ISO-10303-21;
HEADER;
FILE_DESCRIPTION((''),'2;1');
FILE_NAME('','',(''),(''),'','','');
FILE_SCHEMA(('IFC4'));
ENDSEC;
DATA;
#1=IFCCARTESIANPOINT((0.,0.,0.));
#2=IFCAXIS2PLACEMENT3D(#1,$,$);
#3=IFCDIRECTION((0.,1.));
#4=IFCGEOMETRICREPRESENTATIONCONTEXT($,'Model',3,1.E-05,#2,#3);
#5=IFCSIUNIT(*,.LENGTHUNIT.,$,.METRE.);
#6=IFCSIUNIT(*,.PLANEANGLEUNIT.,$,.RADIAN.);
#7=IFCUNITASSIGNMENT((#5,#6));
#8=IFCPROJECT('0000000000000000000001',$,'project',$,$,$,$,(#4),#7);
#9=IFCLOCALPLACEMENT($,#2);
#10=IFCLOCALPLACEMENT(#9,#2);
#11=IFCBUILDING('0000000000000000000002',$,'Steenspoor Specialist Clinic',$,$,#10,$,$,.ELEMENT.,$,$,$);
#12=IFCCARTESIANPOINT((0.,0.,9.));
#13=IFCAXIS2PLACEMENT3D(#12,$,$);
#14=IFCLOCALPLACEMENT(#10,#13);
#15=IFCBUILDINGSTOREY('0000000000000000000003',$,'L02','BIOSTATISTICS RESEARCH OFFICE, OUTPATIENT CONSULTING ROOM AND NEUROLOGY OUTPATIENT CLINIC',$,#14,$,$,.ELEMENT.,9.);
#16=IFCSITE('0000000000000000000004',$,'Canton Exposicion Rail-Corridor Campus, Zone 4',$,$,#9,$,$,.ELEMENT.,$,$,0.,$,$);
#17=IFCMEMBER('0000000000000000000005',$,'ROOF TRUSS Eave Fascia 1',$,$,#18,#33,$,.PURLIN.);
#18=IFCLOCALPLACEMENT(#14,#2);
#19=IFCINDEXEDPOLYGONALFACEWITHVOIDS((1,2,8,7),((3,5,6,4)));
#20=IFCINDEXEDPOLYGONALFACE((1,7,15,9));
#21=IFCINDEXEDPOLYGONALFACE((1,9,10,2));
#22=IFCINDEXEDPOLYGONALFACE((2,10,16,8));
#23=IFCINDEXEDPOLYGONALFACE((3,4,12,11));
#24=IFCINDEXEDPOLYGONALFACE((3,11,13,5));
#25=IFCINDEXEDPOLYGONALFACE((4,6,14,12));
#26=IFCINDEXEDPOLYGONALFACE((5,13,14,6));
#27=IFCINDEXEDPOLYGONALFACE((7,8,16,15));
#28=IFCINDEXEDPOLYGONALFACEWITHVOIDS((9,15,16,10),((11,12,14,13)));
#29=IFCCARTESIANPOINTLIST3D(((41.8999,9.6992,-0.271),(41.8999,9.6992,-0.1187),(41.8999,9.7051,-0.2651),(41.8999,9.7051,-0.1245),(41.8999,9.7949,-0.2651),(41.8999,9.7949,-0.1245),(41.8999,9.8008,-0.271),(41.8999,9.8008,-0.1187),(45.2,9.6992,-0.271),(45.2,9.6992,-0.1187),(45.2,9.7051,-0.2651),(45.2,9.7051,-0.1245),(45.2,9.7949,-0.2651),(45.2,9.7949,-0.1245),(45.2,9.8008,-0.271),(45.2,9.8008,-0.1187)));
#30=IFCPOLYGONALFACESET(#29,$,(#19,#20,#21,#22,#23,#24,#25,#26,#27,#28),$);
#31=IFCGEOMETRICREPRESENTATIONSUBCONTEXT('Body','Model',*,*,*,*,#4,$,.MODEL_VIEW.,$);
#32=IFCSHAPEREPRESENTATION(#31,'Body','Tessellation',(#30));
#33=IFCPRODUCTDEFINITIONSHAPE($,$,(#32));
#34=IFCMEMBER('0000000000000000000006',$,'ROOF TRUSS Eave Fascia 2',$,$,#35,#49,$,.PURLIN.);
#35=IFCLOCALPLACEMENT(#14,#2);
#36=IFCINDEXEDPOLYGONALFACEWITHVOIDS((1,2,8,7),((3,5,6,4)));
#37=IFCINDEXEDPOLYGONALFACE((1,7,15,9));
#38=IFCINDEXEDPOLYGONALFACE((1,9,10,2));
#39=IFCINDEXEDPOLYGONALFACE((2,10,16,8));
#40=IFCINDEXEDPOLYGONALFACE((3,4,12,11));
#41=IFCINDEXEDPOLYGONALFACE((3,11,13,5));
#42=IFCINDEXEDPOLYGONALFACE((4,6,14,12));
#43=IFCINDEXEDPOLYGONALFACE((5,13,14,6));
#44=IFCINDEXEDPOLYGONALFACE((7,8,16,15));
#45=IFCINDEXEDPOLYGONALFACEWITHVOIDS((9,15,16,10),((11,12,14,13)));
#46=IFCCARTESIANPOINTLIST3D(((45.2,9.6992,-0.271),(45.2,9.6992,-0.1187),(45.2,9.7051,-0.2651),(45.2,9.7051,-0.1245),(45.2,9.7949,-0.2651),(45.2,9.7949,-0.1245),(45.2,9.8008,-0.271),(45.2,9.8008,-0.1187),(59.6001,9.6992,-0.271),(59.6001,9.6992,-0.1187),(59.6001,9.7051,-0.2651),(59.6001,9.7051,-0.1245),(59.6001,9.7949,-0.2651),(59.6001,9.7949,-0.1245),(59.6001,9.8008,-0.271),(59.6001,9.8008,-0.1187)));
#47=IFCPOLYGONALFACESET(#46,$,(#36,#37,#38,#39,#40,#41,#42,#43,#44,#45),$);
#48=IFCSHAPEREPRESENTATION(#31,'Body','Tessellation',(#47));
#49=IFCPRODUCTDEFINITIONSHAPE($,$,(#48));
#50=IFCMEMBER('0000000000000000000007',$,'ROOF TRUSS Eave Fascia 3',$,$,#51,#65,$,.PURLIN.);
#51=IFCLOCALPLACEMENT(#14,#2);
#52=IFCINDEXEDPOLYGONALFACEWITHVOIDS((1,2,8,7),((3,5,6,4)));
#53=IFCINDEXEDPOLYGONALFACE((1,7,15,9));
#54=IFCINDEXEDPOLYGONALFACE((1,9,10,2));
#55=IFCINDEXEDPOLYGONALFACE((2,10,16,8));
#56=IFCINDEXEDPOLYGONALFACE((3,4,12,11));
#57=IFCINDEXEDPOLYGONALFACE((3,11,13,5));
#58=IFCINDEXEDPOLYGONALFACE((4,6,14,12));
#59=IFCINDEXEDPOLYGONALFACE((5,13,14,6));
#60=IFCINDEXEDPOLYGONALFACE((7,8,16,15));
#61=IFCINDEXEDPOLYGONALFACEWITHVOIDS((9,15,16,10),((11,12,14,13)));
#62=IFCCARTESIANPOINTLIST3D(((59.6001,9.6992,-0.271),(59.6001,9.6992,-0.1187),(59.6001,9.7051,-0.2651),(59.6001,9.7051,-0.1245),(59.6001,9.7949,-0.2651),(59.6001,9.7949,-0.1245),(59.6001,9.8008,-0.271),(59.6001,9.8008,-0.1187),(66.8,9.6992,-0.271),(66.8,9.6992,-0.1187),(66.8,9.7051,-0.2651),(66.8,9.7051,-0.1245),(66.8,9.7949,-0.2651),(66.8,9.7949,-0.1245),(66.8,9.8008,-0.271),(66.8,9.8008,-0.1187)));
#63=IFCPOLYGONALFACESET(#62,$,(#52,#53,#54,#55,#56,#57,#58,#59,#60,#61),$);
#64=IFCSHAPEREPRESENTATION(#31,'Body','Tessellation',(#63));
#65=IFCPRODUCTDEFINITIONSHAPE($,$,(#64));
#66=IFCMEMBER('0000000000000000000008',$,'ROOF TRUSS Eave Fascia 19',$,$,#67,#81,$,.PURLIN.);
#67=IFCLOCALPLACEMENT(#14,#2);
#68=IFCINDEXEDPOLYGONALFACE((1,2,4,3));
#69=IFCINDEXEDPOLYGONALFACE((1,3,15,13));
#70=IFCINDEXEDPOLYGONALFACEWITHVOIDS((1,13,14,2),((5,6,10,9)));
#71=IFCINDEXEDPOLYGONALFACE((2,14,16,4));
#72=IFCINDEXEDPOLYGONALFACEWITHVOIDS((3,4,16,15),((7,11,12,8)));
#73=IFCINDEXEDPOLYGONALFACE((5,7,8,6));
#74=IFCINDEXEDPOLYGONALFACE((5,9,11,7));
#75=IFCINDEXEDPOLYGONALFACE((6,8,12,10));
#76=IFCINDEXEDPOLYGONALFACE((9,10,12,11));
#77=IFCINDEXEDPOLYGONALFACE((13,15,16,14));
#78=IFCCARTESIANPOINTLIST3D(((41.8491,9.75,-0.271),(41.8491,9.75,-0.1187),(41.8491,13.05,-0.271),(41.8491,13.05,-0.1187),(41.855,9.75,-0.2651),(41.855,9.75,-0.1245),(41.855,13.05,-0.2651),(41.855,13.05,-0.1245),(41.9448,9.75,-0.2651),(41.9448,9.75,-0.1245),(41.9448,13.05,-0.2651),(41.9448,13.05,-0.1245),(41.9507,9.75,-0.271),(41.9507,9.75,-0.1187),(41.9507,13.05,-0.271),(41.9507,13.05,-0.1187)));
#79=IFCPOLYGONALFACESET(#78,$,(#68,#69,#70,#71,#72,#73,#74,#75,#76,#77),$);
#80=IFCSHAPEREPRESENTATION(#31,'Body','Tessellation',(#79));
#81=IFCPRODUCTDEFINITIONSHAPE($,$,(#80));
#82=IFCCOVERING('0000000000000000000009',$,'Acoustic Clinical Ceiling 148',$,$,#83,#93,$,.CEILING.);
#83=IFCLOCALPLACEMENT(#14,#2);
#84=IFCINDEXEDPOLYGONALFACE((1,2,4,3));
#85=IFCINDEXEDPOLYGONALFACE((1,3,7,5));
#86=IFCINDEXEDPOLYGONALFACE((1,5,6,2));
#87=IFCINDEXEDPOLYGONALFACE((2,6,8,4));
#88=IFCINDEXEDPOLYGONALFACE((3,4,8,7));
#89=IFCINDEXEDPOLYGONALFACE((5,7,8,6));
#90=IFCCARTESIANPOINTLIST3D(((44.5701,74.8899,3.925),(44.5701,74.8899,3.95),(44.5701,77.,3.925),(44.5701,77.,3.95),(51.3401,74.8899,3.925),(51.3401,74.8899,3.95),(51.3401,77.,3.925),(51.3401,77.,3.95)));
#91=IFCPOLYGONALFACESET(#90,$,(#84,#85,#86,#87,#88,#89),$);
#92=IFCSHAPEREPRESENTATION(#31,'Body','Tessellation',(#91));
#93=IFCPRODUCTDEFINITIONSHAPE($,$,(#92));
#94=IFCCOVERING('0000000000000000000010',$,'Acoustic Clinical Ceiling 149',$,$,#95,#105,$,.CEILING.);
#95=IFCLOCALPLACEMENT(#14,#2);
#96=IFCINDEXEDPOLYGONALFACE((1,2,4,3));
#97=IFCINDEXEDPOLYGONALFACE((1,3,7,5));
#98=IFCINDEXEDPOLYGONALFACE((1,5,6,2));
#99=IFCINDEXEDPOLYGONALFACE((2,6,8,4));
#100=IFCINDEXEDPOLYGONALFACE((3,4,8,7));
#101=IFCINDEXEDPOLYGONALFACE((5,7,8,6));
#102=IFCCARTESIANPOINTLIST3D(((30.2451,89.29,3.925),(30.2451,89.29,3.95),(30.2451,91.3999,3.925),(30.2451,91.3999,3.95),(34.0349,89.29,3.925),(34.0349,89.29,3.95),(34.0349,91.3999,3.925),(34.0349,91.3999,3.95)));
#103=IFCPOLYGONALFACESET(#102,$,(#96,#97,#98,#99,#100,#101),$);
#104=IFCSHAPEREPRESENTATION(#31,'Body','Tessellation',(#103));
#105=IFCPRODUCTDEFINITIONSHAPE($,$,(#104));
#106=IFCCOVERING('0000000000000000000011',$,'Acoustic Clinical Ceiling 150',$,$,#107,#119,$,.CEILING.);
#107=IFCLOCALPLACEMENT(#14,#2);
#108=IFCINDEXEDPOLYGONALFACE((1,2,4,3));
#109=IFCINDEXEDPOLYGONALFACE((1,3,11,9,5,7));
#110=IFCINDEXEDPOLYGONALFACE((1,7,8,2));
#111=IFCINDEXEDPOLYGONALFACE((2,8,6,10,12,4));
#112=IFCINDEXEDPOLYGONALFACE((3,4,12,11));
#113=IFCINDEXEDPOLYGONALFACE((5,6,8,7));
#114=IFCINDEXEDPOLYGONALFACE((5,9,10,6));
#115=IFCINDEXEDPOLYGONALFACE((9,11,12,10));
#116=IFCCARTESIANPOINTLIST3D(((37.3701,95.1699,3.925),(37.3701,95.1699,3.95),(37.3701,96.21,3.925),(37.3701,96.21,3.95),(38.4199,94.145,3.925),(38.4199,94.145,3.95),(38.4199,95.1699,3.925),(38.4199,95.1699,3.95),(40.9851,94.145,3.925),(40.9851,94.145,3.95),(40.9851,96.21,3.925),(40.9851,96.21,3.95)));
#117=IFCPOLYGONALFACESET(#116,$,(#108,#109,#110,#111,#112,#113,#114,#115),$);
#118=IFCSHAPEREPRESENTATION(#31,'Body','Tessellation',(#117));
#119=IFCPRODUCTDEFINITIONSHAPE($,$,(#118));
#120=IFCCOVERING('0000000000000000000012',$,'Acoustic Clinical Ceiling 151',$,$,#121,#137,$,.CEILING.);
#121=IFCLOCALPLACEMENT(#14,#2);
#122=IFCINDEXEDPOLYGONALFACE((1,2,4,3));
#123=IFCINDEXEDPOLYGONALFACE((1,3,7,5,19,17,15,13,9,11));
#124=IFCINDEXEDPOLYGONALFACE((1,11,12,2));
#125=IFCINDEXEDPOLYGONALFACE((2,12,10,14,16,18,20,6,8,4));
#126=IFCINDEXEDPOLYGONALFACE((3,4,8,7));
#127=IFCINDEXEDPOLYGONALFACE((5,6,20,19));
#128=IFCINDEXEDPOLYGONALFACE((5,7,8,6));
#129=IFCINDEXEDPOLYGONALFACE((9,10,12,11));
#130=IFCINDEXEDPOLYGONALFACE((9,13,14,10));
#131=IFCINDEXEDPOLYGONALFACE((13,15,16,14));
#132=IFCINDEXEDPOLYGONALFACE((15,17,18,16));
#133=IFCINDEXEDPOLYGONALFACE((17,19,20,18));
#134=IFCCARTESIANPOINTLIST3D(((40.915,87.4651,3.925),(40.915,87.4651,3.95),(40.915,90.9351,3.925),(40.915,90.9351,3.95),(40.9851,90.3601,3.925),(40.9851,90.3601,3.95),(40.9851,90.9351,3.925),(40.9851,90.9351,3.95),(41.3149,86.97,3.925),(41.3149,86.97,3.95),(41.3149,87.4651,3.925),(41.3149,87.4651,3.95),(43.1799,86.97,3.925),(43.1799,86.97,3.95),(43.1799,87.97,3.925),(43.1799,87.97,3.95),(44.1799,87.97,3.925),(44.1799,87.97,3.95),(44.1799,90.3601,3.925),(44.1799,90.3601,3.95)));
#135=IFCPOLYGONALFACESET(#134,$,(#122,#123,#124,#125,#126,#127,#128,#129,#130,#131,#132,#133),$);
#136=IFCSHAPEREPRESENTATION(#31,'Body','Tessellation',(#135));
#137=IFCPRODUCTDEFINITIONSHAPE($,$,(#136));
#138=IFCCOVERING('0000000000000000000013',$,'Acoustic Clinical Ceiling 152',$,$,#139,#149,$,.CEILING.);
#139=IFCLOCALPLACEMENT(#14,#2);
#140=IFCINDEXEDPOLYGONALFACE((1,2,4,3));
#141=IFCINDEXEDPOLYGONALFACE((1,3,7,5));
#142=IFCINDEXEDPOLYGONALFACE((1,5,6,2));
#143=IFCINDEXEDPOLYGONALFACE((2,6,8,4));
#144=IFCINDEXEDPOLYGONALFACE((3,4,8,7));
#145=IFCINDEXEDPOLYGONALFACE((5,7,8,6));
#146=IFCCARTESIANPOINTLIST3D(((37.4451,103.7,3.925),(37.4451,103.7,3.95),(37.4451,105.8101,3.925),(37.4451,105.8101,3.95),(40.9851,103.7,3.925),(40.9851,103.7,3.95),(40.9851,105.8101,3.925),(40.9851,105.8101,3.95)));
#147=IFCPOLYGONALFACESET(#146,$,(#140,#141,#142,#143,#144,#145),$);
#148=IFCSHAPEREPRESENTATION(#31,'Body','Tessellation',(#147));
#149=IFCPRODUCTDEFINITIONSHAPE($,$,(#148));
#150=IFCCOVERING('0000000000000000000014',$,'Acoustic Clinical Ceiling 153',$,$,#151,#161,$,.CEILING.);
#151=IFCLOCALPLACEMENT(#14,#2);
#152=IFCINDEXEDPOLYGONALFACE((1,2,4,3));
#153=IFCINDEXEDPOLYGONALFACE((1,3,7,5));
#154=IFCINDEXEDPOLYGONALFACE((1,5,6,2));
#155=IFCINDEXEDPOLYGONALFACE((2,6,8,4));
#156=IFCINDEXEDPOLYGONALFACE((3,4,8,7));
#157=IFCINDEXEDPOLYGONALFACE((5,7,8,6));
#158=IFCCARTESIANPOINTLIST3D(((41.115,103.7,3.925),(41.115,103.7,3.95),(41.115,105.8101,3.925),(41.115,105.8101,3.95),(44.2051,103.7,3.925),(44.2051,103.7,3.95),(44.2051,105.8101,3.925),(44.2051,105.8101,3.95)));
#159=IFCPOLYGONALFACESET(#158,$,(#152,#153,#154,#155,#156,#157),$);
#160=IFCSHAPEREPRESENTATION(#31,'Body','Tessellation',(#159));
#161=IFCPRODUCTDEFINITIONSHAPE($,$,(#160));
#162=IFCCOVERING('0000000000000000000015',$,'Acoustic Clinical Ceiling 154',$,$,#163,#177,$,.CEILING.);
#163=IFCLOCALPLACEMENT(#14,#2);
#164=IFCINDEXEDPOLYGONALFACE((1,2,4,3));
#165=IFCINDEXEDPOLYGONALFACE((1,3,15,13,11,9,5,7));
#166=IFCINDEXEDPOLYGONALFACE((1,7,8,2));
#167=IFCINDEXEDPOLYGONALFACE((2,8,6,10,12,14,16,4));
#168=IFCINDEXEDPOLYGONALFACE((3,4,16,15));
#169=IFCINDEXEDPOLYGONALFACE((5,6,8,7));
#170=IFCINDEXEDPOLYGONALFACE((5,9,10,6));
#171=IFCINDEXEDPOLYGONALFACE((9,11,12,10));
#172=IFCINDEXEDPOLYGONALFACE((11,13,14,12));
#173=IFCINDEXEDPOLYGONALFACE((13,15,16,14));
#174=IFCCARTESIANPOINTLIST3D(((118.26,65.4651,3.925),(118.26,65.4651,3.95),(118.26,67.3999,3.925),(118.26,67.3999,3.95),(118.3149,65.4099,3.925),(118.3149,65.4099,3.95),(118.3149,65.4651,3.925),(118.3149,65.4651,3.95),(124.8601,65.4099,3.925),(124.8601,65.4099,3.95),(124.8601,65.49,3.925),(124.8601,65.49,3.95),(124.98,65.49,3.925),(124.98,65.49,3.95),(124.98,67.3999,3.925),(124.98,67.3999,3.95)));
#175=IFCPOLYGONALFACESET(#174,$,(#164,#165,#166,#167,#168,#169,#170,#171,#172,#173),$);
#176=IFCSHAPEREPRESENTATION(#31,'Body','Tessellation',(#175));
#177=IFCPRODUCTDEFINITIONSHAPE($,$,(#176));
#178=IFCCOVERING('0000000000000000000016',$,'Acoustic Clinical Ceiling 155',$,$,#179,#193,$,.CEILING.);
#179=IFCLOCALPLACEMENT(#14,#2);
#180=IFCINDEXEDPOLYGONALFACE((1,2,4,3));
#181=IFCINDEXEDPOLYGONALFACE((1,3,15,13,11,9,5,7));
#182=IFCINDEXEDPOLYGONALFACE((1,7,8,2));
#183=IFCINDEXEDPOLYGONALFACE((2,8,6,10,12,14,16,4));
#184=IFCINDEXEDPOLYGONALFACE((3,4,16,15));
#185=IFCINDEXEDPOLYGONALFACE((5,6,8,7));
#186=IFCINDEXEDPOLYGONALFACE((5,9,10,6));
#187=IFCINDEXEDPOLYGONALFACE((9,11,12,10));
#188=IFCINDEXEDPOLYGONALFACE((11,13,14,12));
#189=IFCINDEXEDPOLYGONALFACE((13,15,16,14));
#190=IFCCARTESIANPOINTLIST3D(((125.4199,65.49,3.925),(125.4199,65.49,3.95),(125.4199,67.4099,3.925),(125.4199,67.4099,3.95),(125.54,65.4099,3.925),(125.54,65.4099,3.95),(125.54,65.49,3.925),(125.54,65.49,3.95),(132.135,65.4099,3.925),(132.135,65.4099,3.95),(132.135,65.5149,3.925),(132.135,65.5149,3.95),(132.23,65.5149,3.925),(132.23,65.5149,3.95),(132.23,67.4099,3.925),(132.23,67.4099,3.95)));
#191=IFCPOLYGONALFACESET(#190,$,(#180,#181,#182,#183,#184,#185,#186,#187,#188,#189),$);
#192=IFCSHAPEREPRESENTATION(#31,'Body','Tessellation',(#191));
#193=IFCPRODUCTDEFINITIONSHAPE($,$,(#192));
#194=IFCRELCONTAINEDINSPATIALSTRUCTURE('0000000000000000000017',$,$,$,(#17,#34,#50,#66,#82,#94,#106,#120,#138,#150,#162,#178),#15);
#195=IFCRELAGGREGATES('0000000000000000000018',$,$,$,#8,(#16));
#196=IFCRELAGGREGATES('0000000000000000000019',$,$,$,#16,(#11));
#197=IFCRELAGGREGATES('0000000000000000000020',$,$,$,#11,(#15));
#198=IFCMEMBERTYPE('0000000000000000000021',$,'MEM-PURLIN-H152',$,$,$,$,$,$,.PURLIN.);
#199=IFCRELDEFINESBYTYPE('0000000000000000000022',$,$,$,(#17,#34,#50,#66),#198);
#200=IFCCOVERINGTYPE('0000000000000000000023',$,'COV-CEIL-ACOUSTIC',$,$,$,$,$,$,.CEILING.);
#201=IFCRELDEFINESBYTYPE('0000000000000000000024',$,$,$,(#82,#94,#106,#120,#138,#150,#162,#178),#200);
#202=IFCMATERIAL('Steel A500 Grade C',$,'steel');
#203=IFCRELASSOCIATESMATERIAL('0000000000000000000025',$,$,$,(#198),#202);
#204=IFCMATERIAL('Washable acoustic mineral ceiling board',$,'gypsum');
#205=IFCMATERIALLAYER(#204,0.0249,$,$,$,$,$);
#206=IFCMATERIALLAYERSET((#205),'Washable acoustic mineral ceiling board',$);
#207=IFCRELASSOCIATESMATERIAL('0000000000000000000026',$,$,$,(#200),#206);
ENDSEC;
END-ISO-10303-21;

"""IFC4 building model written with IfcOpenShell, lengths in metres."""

from ifc_helpers import new_model, si_unit, direction, frame, origin, origin_2d, place, context, subcontext, project, spatial, polyline, hollow_rectangle, outline, extrude, material, layer, layer_set, material_profile, profile_set, type_object, element, save


model = new_model("IFC4")

# Units and contexts
model_context = context("Model", 3, precision=1e-05, world=origin(), true_north=direction((0.0, 1.0)))
body_context = subcontext(model_context, "Body", "Model", "MODEL_VIEW")
ifc_project = project(units=[si_unit("LENGTHUNIT", "METRE"), si_unit("PLANEANGLEUNIT", "RADIAN")], contexts=[model_context])

# Site, building, storey
site_placement = place(None, origin())
site = spatial("IfcSite", under=ifc_project, at=site_placement, Name="Canton Exposicion Rail-Corridor Campus, Zone 4", CompositionType="ELEMENT", RefElevation=0.0)
building_placement = place(site_placement, origin())
building = spatial("IfcBuilding", under=site, at=building_placement, Name="Steenspoor Specialist Clinic", CompositionType="ELEMENT")
storey_placement = place(building_placement, frame((0.0, 0.0, 9.0)))
storey = spatial("IfcBuildingStorey", under=building, at=storey_placement, Name="L02", Description="BIOSTATISTICS RESEARCH OFFICE, OUTPATIENT CONSULTING ROOM AND NEUROLOGY OUTPATIENT CLINIC", CompositionType="ELEMENT", Elevation=9.0)

# Members
ifc_material_1 = material(Name="Steel A500 Grade C", Category="steel")
ifc_material_profile = material_profile(ifc_material_1, hollow_rectangle(XDim=0.1016, YDim=0.1523, WallThickness=0.0059, at=origin_2d()), Name="HSS152X102X6.4")
ifc_profile_set = profile_set([ifc_material_profile], Name="Steel A500 Grade C")
member_type = type_object("IfcMemberType", Name="MEM-PURLIN-H152", PredefinedType="PURLIN", material=ifc_profile_set)
member_1_placement = place(storey_placement, frame((41.8999, 9.75, -0.1948), z_axis=(1.0, 0.0, 0.0), x_axis=(0.0, 1.0, 0.0)))
element("IfcMember", 1, at=member_1_placement, inside=storey, type_object=member_type, Name="ROOF TRUSS Eave Fascia 1", PredefinedType="PURLIN", context=body_context, shape_type="SweptSolid", body=[
    extrude(hollow_rectangle(XDim=0.1016, YDim=0.1523, WallThickness=0.0059, at=origin_2d()), origin(), (0.0, 0.0, 1.0), 3.3),
])
member_2_placement = place(storey_placement, frame((45.2, 9.75, -0.1948), z_axis=(1.0, 0.0, 0.0), x_axis=(0.0, 1.0, 0.0)))
element("IfcMember", 2, at=member_2_placement, inside=storey, type_object=member_type, Name="ROOF TRUSS Eave Fascia 2", PredefinedType="PURLIN", context=body_context, shape_type="SweptSolid", body=[
    extrude(hollow_rectangle(XDim=0.1016, YDim=0.1523, WallThickness=0.0059, at=origin_2d()), origin(), (0.0, 0.0, 1.0), 14.4001),
])
member_3_placement = place(storey_placement, frame((59.6001, 9.75, -0.1948), z_axis=(1.0, 0.0, 0.0), x_axis=(0.0, 1.0, 0.0)))
element("IfcMember", 3, at=member_3_placement, inside=storey, type_object=member_type, Name="ROOF TRUSS Eave Fascia 3", PredefinedType="PURLIN", context=body_context, shape_type="SweptSolid", body=[
    extrude(hollow_rectangle(XDim=0.1016, YDim=0.1523, WallThickness=0.0059, at=origin_2d()), origin(), (0.0, 0.0, 1.0), 7.2),
])
member_4_placement = place(storey_placement, frame((41.8999, 9.75, -0.1948), z_axis=(0.0, 1.0, 0.0), x_axis=(-1.0, 0.0, 0.0)))
element("IfcMember", 4, at=member_4_placement, inside=storey, type_object=member_type, Name="ROOF TRUSS Eave Fascia 19", PredefinedType="PURLIN", context=body_context, shape_type="SweptSolid", body=[
    extrude(hollow_rectangle(XDim=0.1016, YDim=0.1523, WallThickness=0.0059, at=origin_2d()), origin(), (0.0, 0.0, 1.0), 3.3),
])

# Coverings
ifc_material_2 = material(Name="Washable acoustic mineral ceiling board", Category="gypsum")
ifc_layer_1 = layer(ifc_material_2, 0.0249)
ifc_layer_set_1 = layer_set([ifc_layer_1], Name="Washable acoustic mineral ceiling board")
covering_type_1 = type_object("IfcCoveringType", Name="COV-CEIL-ACOUSTIC", PredefinedType="CEILING", material=ifc_layer_set_1)
covering_1_placement = place(storey_placement, frame((0.0, 0.0, 3.925)))
element("IfcCovering", 5, at=covering_1_placement, inside=storey, type_object=covering_type_1, Name="Acoustic Clinical Ceiling 148", PredefinedType="CEILING", context=body_context, shape_type="SweptSolid", body=[
    extrude(outline(polyline([(51.3401, 74.8899), (44.5701, 74.8899), (44.5701, 77.0), (51.3401, 77.0), (51.3401, 74.8899)])), origin(), (0.0, 0.0, 1.0), 0.0249),
])
covering_2_placement = place(storey_placement, frame((0.0, 0.0, 3.925)))
element("IfcCovering", 6, at=covering_2_placement, inside=storey, type_object=covering_type_1, Name="Acoustic Clinical Ceiling 149", PredefinedType="CEILING", context=body_context, shape_type="SweptSolid", body=[
    extrude(outline(polyline([(34.0349, 89.29), (30.2451, 89.29), (30.2451, 91.3999), (34.0349, 91.3999), (34.0349, 89.29)])), origin(), (0.0, 0.0, 1.0), 0.0249),
])
covering_3_placement = place(storey_placement, frame((0.0, 0.0, 3.925)))
element("IfcCovering", 7, at=covering_3_placement, inside=storey, type_object=covering_type_1, Name="Acoustic Clinical Ceiling 150", PredefinedType="CEILING", context=body_context, shape_type="SweptSolid", body=[
    extrude(outline(polyline([(40.9851, 94.145), (38.4199, 94.145), (38.4199, 95.1699), (37.3701, 95.1699), (37.3701, 96.21), (40.9851, 96.21), (40.9851, 94.145)])), origin(), (0.0, 0.0, 1.0), 0.0249),
])
covering_4_placement = place(storey_placement, frame((0.0, 0.0, 3.925)))
element("IfcCovering", 8, at=covering_4_placement, inside=storey, type_object=covering_type_1, Name="Acoustic Clinical Ceiling 151", PredefinedType="CEILING", context=body_context, shape_type="SweptSolid", body=[
    extrude(outline(polyline([(40.915, 87.4651), (40.915, 90.9351), (40.9851, 90.9351), (40.9851, 90.3601), (44.1799, 90.3601), (44.1799, 87.97), (43.1799, 87.97), (43.1799, 86.97), (41.3149, 86.97), (41.3149, 87.4651), (40.915, 87.4651)])), origin(), (0.0, 0.0, 1.0), 0.0249),
])
covering_5_placement = place(storey_placement, frame((0.0, 0.0, 3.925)))
element("IfcCovering", 9, at=covering_5_placement, inside=storey, type_object=covering_type_1, Name="Acoustic Clinical Ceiling 152", PredefinedType="CEILING", context=body_context, shape_type="SweptSolid", body=[
    extrude(outline(polyline([(40.9851, 103.7), (37.4451, 103.7), (37.4451, 105.8101), (40.9851, 105.8101), (40.9851, 103.7)])), origin(), (0.0, 0.0, 1.0), 0.0249),
])
covering_6_placement = place(storey_placement, frame((0.0, 0.0, 3.925)))
element("IfcCovering", 10, at=covering_6_placement, inside=storey, type_object=covering_type_1, Name="Acoustic Clinical Ceiling 153", PredefinedType="CEILING", context=body_context, shape_type="SweptSolid", body=[
    extrude(outline(polyline([(41.115, 105.8101), (44.2051, 105.8101), (44.2051, 103.7), (41.115, 103.7), (41.115, 105.8101)])), origin(), (0.0, 0.0, 1.0), 0.0249),
])
covering_7_placement = place(storey_placement, frame((0.0, 0.0, 3.925)))
element("IfcCovering", 11, at=covering_7_placement, inside=storey, type_object=covering_type_1, Name="Acoustic Clinical Ceiling 154", PredefinedType="CEILING", context=body_context, shape_type="SweptSolid", body=[
    extrude(outline(polyline([(118.26, 67.3999), (124.98, 67.3999), (124.98, 65.49), (124.8601, 65.49), (124.8601, 65.4099), (118.3149, 65.4099), (118.3149, 65.4651), (118.26, 65.4651), (118.26, 67.3999)])), origin(), (0.0, 0.0, 1.0), 0.0249),
])
covering_8_placement = place(storey_placement, frame((0.0, 0.0, 3.925)))
element("IfcCovering", 12, at=covering_8_placement, inside=storey, type_object=covering_type_1, Name="Acoustic Clinical Ceiling 155", PredefinedType="CEILING", context=body_context, shape_type="SweptSolid", body=[
    extrude(outline(polyline([(125.54, 65.4099), (125.54, 65.49), (125.4199, 65.49), (125.4199, 67.4099), (132.23, 67.4099), (132.23, 65.5149), (132.135, 65.5149), (132.135, 65.4099), (125.54, 65.4099)])), origin(), (0.0, 0.0, 1.0), 0.0249),
])

save(model, "model.ifc")
